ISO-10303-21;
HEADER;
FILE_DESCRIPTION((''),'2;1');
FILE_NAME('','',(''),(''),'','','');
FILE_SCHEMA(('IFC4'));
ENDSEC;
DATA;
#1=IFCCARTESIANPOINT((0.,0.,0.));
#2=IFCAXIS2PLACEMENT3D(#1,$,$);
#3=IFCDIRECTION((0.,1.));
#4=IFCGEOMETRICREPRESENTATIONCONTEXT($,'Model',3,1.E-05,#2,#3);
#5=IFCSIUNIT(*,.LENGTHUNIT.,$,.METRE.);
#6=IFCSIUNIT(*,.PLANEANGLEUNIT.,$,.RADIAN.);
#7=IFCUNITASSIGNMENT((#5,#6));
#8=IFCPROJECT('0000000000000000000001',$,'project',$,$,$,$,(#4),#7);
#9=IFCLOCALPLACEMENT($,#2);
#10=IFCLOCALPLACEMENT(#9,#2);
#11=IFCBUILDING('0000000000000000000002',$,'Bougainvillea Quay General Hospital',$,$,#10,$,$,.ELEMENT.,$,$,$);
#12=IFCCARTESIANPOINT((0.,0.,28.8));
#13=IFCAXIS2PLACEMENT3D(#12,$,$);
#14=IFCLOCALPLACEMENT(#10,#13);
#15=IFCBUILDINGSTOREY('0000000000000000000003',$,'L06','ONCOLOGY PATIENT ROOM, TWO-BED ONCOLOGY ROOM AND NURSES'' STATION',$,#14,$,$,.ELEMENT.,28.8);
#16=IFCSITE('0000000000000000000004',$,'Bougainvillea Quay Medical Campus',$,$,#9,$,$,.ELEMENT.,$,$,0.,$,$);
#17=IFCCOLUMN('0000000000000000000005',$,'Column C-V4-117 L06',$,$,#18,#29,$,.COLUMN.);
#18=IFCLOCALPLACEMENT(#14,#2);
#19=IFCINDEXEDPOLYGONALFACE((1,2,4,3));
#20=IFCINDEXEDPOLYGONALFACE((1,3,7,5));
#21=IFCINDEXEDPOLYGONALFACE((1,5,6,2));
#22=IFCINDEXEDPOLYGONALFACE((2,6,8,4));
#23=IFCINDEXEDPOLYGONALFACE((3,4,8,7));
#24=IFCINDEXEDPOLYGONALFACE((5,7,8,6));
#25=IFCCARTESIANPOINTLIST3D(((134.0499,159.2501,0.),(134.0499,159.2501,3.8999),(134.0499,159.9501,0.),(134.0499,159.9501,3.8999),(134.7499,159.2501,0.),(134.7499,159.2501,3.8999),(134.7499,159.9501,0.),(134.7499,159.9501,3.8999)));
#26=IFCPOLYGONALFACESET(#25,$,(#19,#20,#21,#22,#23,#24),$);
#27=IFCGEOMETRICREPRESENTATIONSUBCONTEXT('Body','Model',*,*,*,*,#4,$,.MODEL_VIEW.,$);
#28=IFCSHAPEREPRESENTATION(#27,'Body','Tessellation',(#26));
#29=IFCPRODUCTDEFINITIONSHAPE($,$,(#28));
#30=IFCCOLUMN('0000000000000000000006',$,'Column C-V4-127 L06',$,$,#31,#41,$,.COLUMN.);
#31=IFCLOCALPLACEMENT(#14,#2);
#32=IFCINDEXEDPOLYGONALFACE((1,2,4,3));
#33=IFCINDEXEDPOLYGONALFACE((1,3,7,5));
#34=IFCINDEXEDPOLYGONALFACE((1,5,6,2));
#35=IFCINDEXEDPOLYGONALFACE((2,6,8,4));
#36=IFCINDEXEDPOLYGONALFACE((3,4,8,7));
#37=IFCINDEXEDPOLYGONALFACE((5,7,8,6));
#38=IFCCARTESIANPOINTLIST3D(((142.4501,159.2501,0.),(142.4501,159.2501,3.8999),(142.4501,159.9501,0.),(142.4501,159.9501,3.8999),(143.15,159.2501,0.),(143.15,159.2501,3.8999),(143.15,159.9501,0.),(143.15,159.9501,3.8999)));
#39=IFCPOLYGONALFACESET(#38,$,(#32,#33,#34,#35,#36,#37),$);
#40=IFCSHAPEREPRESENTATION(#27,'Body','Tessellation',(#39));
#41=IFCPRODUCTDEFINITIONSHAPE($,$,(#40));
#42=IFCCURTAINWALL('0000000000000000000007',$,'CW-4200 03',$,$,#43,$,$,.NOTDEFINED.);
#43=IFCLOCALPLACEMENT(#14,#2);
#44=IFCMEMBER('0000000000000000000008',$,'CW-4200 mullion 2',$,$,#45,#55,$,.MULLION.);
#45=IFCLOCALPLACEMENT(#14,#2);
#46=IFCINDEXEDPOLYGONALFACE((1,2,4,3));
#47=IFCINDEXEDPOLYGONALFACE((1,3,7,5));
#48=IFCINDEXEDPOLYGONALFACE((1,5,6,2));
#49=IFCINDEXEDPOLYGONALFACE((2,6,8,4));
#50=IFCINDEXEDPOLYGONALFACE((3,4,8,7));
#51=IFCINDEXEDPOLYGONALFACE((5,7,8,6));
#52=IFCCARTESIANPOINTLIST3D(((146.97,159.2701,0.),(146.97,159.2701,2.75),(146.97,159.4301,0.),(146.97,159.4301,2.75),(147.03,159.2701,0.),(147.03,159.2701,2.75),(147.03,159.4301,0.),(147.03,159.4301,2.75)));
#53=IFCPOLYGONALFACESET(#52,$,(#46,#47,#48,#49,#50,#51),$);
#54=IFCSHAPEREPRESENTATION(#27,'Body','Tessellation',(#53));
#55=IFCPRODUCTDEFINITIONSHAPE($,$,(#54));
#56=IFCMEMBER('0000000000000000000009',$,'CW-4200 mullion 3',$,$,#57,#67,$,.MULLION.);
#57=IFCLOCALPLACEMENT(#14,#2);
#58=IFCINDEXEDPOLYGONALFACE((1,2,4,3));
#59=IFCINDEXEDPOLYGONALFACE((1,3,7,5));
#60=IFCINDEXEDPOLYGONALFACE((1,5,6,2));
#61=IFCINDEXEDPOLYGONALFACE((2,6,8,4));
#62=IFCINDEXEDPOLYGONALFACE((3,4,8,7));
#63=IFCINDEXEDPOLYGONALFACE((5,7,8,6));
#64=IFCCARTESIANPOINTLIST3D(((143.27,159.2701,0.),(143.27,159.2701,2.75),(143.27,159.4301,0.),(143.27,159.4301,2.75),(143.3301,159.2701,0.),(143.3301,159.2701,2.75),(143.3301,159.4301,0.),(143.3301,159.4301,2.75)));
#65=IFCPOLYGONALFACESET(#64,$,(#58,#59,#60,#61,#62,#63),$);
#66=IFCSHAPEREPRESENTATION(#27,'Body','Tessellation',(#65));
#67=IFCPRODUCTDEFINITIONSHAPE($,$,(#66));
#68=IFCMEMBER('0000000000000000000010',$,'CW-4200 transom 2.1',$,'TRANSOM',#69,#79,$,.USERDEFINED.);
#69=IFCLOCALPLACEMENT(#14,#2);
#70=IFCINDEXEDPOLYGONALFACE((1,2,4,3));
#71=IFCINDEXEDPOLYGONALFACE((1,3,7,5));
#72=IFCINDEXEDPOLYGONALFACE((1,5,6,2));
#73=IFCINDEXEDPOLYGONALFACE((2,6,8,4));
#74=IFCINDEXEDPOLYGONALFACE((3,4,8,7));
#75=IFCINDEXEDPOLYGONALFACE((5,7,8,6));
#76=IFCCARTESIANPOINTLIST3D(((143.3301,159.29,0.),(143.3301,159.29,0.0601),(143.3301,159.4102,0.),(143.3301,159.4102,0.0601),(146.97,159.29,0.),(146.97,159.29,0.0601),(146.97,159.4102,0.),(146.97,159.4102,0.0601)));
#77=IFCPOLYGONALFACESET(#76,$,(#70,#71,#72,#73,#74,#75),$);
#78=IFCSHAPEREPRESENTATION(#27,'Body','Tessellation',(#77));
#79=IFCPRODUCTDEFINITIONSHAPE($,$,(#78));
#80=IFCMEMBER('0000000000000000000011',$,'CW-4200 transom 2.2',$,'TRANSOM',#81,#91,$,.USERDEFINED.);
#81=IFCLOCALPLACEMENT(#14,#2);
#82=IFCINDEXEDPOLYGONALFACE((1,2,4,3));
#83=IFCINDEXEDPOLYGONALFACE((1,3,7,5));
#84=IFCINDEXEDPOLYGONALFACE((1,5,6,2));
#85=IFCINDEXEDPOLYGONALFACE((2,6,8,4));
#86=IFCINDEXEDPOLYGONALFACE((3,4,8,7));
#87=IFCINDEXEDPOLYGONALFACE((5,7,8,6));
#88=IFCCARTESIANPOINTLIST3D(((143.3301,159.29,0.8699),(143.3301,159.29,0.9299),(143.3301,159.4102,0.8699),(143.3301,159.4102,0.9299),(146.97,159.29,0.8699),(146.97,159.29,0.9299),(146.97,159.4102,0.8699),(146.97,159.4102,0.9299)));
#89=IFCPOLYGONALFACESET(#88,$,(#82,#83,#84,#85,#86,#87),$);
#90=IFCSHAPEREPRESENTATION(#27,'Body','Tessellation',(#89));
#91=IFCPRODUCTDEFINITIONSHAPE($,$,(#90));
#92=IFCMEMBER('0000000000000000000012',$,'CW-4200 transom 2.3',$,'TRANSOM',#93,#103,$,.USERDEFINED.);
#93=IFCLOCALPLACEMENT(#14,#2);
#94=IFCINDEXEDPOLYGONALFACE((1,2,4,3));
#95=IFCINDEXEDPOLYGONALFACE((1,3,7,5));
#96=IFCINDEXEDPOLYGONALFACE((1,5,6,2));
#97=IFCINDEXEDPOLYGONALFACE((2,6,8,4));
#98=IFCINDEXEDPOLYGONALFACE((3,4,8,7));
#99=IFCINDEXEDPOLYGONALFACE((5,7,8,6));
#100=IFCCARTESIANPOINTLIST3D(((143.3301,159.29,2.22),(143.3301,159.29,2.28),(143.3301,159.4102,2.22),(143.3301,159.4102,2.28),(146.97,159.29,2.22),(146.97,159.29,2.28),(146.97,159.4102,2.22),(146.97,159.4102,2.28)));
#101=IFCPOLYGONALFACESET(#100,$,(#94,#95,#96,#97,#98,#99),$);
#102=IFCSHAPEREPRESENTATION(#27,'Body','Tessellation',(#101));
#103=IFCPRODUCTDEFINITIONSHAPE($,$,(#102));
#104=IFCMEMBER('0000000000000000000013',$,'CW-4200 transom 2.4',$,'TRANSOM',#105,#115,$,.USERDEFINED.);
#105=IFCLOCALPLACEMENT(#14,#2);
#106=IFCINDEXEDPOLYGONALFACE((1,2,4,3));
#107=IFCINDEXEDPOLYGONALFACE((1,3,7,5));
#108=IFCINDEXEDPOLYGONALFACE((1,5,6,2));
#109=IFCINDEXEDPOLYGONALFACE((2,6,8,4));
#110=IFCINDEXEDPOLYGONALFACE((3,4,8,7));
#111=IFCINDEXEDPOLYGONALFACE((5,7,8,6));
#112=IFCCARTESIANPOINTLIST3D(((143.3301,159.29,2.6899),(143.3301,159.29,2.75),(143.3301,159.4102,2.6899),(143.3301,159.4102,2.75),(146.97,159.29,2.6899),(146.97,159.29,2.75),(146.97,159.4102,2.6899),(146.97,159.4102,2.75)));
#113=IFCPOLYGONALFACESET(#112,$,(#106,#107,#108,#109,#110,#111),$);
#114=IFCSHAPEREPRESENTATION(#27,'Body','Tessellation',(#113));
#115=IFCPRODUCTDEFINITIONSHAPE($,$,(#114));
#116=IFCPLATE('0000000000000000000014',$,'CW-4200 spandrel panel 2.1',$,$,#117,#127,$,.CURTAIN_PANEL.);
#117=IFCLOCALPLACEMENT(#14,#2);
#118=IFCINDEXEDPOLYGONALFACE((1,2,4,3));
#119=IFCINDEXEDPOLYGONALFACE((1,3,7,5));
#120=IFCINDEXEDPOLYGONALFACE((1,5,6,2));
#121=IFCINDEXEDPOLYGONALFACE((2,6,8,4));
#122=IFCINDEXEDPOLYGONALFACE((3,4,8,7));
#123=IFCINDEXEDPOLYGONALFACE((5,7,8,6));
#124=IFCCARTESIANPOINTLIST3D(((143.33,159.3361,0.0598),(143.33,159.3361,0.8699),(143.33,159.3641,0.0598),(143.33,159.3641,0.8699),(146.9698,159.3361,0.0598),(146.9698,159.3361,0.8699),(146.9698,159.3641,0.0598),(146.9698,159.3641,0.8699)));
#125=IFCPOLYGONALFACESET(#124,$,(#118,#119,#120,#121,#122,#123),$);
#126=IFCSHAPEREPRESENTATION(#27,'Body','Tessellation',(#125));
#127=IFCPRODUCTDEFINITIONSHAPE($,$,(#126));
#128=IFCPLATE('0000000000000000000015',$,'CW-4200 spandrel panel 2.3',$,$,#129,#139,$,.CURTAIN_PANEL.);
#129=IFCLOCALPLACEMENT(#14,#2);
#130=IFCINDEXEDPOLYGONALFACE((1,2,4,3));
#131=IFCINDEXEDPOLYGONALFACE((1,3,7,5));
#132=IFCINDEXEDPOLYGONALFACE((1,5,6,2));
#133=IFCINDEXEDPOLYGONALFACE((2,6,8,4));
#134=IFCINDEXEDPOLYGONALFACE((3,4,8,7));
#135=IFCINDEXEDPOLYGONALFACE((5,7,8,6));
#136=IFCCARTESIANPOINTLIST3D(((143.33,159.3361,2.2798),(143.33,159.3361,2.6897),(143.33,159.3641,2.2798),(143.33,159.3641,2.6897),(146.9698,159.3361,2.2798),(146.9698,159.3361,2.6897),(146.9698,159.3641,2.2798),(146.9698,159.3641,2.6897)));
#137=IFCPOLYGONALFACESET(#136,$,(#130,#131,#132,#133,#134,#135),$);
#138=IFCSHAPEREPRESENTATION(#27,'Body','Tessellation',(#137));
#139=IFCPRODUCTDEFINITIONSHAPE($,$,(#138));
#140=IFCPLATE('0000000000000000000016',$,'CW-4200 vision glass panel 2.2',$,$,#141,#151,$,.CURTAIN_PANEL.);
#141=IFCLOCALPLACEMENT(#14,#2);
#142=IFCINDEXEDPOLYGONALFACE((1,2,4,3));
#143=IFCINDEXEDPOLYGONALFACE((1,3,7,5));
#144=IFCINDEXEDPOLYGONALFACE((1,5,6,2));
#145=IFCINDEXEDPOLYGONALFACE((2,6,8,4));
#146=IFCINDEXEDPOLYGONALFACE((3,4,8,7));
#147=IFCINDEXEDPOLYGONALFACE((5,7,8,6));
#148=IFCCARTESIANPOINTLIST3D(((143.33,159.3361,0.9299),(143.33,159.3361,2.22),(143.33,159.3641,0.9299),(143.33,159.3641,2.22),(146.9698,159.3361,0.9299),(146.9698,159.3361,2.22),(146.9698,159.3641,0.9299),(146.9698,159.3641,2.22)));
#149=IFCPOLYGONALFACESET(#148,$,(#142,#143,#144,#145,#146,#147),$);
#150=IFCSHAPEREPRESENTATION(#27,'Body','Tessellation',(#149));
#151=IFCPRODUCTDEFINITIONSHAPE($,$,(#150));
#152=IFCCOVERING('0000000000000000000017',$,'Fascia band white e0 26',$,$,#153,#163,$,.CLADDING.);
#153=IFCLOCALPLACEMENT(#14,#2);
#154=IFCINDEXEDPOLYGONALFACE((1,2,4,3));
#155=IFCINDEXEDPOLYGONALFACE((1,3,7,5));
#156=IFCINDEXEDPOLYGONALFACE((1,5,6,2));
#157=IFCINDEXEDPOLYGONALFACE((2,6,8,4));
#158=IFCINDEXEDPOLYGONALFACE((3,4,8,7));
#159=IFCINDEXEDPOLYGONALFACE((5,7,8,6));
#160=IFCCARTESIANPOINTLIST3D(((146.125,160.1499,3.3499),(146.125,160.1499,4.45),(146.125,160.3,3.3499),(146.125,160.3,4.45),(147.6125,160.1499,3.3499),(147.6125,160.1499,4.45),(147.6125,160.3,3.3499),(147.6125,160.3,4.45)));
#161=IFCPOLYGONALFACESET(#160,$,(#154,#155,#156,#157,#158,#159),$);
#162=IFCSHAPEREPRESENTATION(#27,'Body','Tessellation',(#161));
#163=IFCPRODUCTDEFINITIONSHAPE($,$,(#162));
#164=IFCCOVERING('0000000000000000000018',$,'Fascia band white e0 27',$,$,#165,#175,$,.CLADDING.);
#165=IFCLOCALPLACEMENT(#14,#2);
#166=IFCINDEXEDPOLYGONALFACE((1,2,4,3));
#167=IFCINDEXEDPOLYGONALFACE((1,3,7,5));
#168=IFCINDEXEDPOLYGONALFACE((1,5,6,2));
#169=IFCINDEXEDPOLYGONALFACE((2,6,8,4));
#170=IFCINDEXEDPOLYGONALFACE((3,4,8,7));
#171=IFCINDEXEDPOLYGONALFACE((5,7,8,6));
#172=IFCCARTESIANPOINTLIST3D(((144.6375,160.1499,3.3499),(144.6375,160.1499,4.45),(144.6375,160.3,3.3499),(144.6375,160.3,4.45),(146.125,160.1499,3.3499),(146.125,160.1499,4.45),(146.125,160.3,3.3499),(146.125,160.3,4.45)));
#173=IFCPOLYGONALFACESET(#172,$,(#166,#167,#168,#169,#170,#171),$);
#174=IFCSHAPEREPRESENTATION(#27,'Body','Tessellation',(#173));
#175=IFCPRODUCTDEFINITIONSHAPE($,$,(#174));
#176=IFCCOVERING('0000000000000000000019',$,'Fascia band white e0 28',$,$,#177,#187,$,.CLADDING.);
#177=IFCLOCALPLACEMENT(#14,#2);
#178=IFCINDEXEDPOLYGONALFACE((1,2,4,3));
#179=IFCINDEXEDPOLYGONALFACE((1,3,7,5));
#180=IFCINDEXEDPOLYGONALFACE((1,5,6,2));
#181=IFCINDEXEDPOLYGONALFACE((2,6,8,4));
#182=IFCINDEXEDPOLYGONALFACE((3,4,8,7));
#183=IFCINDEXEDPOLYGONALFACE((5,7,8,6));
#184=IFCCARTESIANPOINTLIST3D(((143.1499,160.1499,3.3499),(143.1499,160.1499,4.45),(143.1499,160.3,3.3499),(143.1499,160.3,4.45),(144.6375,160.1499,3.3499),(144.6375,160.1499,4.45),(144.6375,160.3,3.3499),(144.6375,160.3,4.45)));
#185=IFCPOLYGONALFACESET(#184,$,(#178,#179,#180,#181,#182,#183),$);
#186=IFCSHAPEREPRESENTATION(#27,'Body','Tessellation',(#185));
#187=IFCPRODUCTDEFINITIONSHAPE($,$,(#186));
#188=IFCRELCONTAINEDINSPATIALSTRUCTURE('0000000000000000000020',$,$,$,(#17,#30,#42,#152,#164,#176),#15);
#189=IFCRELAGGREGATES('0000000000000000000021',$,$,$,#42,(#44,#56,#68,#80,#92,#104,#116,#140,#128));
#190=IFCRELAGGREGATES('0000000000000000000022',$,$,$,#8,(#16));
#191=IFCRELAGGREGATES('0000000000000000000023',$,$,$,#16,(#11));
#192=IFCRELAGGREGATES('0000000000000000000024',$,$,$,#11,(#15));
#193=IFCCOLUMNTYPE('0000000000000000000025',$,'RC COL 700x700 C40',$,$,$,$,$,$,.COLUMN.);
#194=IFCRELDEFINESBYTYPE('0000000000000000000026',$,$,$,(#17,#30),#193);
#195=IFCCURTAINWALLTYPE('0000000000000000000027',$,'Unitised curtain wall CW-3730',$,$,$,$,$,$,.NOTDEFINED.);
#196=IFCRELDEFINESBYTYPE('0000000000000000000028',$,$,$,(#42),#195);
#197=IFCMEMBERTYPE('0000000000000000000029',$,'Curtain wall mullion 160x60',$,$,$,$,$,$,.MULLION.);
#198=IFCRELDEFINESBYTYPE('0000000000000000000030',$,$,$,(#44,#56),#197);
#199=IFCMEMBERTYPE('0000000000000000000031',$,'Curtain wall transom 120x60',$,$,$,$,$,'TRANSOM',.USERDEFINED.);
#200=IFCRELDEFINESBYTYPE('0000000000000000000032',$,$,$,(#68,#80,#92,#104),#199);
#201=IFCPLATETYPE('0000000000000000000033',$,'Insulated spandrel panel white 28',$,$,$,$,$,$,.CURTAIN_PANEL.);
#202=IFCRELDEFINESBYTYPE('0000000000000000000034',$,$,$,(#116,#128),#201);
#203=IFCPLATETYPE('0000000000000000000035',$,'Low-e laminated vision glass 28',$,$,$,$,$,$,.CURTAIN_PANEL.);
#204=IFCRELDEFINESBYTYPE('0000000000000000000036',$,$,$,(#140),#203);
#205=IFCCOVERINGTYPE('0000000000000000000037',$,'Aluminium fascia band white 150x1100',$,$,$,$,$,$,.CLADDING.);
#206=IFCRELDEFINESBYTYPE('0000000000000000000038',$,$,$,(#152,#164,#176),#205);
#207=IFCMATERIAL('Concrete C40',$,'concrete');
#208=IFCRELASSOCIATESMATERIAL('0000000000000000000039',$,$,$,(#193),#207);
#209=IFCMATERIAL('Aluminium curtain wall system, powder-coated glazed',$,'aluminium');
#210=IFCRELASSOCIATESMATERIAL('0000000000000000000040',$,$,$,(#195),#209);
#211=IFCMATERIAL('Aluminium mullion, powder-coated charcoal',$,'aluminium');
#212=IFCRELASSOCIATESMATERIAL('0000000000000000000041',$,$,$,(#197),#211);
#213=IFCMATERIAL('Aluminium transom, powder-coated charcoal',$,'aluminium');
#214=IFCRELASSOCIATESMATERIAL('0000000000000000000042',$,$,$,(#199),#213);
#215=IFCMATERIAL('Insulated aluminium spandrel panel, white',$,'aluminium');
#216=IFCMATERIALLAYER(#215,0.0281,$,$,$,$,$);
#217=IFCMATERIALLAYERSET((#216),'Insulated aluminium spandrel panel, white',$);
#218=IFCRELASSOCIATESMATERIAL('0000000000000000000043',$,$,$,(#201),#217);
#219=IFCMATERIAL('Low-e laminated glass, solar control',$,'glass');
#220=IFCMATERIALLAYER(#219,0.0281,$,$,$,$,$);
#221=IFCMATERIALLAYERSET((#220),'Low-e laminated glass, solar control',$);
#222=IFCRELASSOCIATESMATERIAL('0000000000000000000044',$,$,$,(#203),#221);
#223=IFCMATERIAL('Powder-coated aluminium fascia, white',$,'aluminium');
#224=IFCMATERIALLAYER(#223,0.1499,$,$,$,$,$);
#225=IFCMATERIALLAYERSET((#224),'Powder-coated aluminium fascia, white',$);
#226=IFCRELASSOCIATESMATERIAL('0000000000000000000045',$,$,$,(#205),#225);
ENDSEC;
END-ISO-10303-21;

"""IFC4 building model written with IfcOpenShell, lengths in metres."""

from ifc_helpers import new_model, si_unit, direction, frame, origin, origin_2d, place, context, subcontext, project, spatial, polyline, rectangle, outline, extrude, material, layer, layer_set, material_profile, profile_set, type_object, element, aggregate, save


model = new_model("IFC4")

# Units and contexts
model_context = context("Model", 3, precision=1e-05, world=origin(), true_north=direction((0.0, 1.0)))
body_context = subcontext(model_context, "Body", "Model", "MODEL_VIEW")
ifc_project = project(units=[si_unit("LENGTHUNIT", "METRE"), si_unit("PLANEANGLEUNIT", "RADIAN")], contexts=[model_context])

# Site, building, storey
site_placement = place(None, origin())
site = spatial("IfcSite", under=ifc_project, at=site_placement, Name="Bougainvillea Quay Medical Campus", CompositionType="ELEMENT", RefElevation=0.0)
building_placement = place(site_placement, origin())
building = spatial("IfcBuilding", under=site, at=building_placement, Name="Bougainvillea Quay General Hospital", CompositionType="ELEMENT")
storey_placement = place(building_placement, frame((0.0, 0.0, 28.8)))
storey = spatial("IfcBuildingStorey", under=building, at=storey_placement, Name="L06", Description="ONCOLOGY PATIENT ROOM, TWO-BED ONCOLOGY ROOM AND NURSES' STATION", CompositionType="ELEMENT", Elevation=28.8)

# Columns
ifc_material_1 = material(Name="Concrete C40", Category="concrete")
ifc_material_profile_1 = material_profile(ifc_material_1, rectangle(XDim=0.7, YDim=0.7, at=origin_2d()))
ifc_profile_set_1 = profile_set([ifc_material_profile_1], Name="Concrete C40")
column_type = type_object("IfcColumnType", Name="RC COL 700x700 C40", PredefinedType="COLUMN", material=ifc_profile_set_1)
for number, where, z_axis, x_axis, name in (
    (1, (134.3999, 159.6001, 0.0), (0.0, 0.0, 1.0), (1.0, 0.0, 0.0), "Column C-V4-117 L06"),
    (2, (142.8, 159.6001, 0.0), (0.0, 0.0, 1.0), (1.0, 0.0, 0.0), "Column C-V4-127 L06"),
):
    element("IfcColumn", number, at=place(storey_placement, frame(where, z_axis=z_axis, x_axis=x_axis)), inside=storey, type_object=column_type, Name=name, PredefinedType="COLUMN", context=body_context, shape_type="SweptSolid", body=[
        extrude(rectangle(XDim=0.7, YDim=0.7, at=origin_2d()), origin(), (0.0, 0.0, 1.0), 3.8999),
    ])

# Curtain wall, members, plates
ifc_material_2 = material(Name="Aluminium curtain wall system, powder-coated glazed", Category="aluminium")
curtain_wall_type = type_object("IfcCurtainWallType", Name="Unitised curtain wall CW-3730", PredefinedType="NOTDEFINED", material=ifc_material_2)
curtain_wall_placement = place(storey_placement, origin())
curtain_wall = element("IfcCurtainWall", 3, at=curtain_wall_placement, inside=storey, type_object=curtain_wall_type, Name="CW-4200 03", PredefinedType="NOTDEFINED")
ifc_material_3 = material(Name="Aluminium mullion, powder-coated charcoal", Category="aluminium")
ifc_material_profile_2 = material_profile(ifc_material_3, rectangle(XDim=0.1599, YDim=0.0601, at=origin_2d()))
ifc_profile_set_2 = profile_set([ifc_material_profile_2], Name="Aluminium mullion, powder-coated charcoal")
member_type_1 = type_object("IfcMemberType", Name="Curtain wall mullion 160x60", PredefinedType="MULLION", material=ifc_profile_set_2)
member_1_placement = place(storey_placement, frame((147.0, 159.3501, 0.0), z_axis=(0.0, 0.0, 1.0), x_axis=(0.0, -1.0, 0.0)))
member_1 = element("IfcMember", 4, at=member_1_placement, type_object=member_type_1, Name="CW-4200 mullion 2", PredefinedType="MULLION", context=body_context, shape_type="SweptSolid", body=[
    extrude(rectangle(XDim=0.1599, YDim=0.0601, at=origin_2d()), origin(), (0.0, 0.0, 1.0), 2.75),
])
member_2_placement = place(storey_placement, frame((143.3, 159.3501, 0.0), z_axis=(0.0, 0.0, 1.0), x_axis=(0.0, -1.0, 0.0)))
member_2 = element("IfcMember", 5, at=member_2_placement, type_object=member_type_1, Name="CW-4200 mullion 3", PredefinedType="MULLION", context=body_context, shape_type="SweptSolid", body=[
    extrude(rectangle(XDim=0.1599, YDim=0.0601, at=origin_2d()), origin(), (0.0, 0.0, 1.0), 2.75),
])
ifc_material_4 = material(Name="Aluminium transom, powder-coated charcoal", Category="aluminium")
ifc_material_profile_3 = material_profile(ifc_material_4, rectangle(XDim=0.1201, YDim=0.0601, at=origin_2d()))
ifc_profile_set_3 = profile_set([ifc_material_profile_3], Name="Aluminium transom, powder-coated charcoal")
member_type_2 = type_object("IfcMemberType", Name="Curtain wall transom 120x60", ElementType="TRANSOM", PredefinedType="USERDEFINED", material=ifc_profile_set_3)
member_3_placement = place(storey_placement, frame((146.97, 159.3501, 0.03), z_axis=(-1.0, 0.0, 0.0), x_axis=(0.0, -1.0, 0.0)))
member_3 = element("IfcMember", 6, at=member_3_placement, type_object=member_type_2, Name="CW-4200 transom 2.1", ObjectType="TRANSOM", PredefinedType="USERDEFINED", context=body_context, shape_type="SweptSolid", body=[
    extrude(rectangle(XDim=0.1201, YDim=0.0601, at=origin_2d()), origin(), (0.0, 0.0, 1.0), 3.6399),
])
member_4_placement = place(storey_placement, frame((146.97, 159.3501, 0.8999), z_axis=(-1.0, 0.0, 0.0), x_axis=(0.0, -1.0, 0.0)))
member_4 = element("IfcMember", 7, at=member_4_placement, type_object=member_type_2, Name="CW-4200 transom 2.2", ObjectType="TRANSOM", PredefinedType="USERDEFINED", context=body_context, shape_type="SweptSolid", body=[
    extrude(rectangle(XDim=0.1201, YDim=0.0601, at=origin_2d()), origin(), (0.0, 0.0, 1.0), 3.6399),
])
member_5_placement = place(storey_placement, frame((146.97, 159.3501, 2.25), z_axis=(-1.0, 0.0, 0.0), x_axis=(0.0, -1.0, 0.0)))
member_5 = element("IfcMember", 8, at=member_5_placement, type_object=member_type_2, Name="CW-4200 transom 2.3", ObjectType="TRANSOM", PredefinedType="USERDEFINED", context=body_context, shape_type="SweptSolid", body=[
    extrude(rectangle(XDim=0.1201, YDim=0.0601, at=origin_2d()), origin(), (0.0, 0.0, 1.0), 3.6399),
])
member_6_placement = place(storey_placement, frame((146.97, 159.3501, 2.72), z_axis=(-1.0, 0.0, 0.0), x_axis=(0.0, -1.0, 0.0)))
member_6 = element("IfcMember", 9, at=member_6_placement, type_object=member_type_2, Name="CW-4200 transom 2.4", ObjectType="TRANSOM", PredefinedType="USERDEFINED", context=body_context, shape_type="SweptSolid", body=[
    extrude(rectangle(XDim=0.1201, YDim=0.0601, at=origin_2d()), origin(), (0.0, 0.0, 1.0), 3.6399),
])
ifc_material_5 = material(Name="Insulated aluminium spandrel panel, white", Category="aluminium")
ifc_layer_1 = layer(ifc_material_5, 0.0281)
ifc_layer_set_1 = layer_set([ifc_layer_1], Name="Insulated aluminium spandrel panel, white")
plate_type_1 = type_object("IfcPlateType", Name="Insulated spandrel panel white 28", PredefinedType="CURTAIN_PANEL", material=ifc_layer_set_1)
plate_1_placement = place(storey_placement, frame((145.1499, 159.3501, 0.0598), z_axis=(0.0, 0.0, 1.0), x_axis=(-1.0, 0.0, 0.0)))
plate_1 = element("IfcPlate", 10, at=plate_1_placement, type_object=plate_type_1, Name="CW-4200 spandrel panel 2.1", PredefinedType="CURTAIN_PANEL", context=body_context, shape_type="SweptSolid", body=[
    extrude(rectangle(XDim=3.6399, YDim=0.0281, at=origin_2d()), origin(), (0.0, 0.0, 1.0), 0.8101),
])
plate_2_placement = place(storey_placement, frame((145.1499, 159.3501, 2.2798), z_axis=(0.0, 0.0, 1.0), x_axis=(-1.0, 0.0, 0.0)))
plate_2 = element("IfcPlate", 11, at=plate_2_placement, type_object=plate_type_1, Name="CW-4200 spandrel panel 2.3", PredefinedType="CURTAIN_PANEL", context=body_context, shape_type="SweptSolid", body=[
    extrude(rectangle(XDim=3.6399, YDim=0.0281, at=origin_2d()), origin(), (0.0, 0.0, 1.0), 0.4099),
])
ifc_material_6 = material(Name="Low-e laminated glass, solar control", Category="glass")
ifc_layer_2 = layer(ifc_material_6, 0.0281)
ifc_layer_set_2 = layer_set([ifc_layer_2], Name="Low-e laminated glass, solar control")
plate_type_2 = type_object("IfcPlateType", Name="Low-e laminated vision glass 28", PredefinedType="CURTAIN_PANEL", material=ifc_layer_set_2)
plate_3_placement = place(storey_placement, frame((145.1499, 159.3501, 0.9299), z_axis=(0.0, 0.0, 1.0), x_axis=(-1.0, 0.0, 0.0)))
plate_3 = element("IfcPlate", 12, at=plate_3_placement, type_object=plate_type_2, Name="CW-4200 vision glass panel 2.2", PredefinedType="CURTAIN_PANEL", context=body_context, shape_type="SweptSolid", body=[
    extrude(rectangle(XDim=3.6399, YDim=0.0281, at=origin_2d()), origin(), (0.0, 0.0, 1.0), 1.29),
])
aggregate(curtain_wall, [member_1, member_2, member_3, member_4, member_5, member_6, plate_1, plate_3, plate_2])

# Coverings
ifc_material_7 = material(Name="Powder-coated aluminium fascia, white", Category="aluminium")
ifc_layer_3 = layer(ifc_material_7, 0.1499)
ifc_layer_set_3 = layer_set([ifc_layer_3], Name="Powder-coated aluminium fascia, white")
covering_type = type_object("IfcCoveringType", Name="Aluminium fascia band white 150x1100", PredefinedType="CLADDING", material=ifc_layer_set_3)
for number, where, z_axis, x_axis, name in (
    (13, (147.6125, 160.1499, 3.3499), (0.0, 0.0, 1.0), (-1.0, 0.0, 0.0), "Fascia band white e0 26"),
    (14, (146.125, 160.1499, 3.3499), (0.0, 0.0, 1.0), (-1.0, 0.0, 0.0), "Fascia band white e0 27"),
    (15, (144.6375, 160.1499, 3.3499), (0.0, 0.0, 1.0), (-1.0, 0.0, 0.0), "Fascia band white e0 28"),
):
    element("IfcCovering", number, at=place(storey_placement, frame(where, z_axis=z_axis, x_axis=x_axis)), inside=storey, type_object=covering_type, Name=name, PredefinedType="CLADDING", context=body_context, shape_type="SweptSolid", body=[
        extrude(outline(polyline([(0.0, 0.0), (1.4875, 0.0), (1.4875, -0.1501), (0.0, -0.1501), (0.0, 0.0)])), origin(), (0.0, 0.0, 1.0), 1.1001),
    ])

save(model, "model.ifc")
